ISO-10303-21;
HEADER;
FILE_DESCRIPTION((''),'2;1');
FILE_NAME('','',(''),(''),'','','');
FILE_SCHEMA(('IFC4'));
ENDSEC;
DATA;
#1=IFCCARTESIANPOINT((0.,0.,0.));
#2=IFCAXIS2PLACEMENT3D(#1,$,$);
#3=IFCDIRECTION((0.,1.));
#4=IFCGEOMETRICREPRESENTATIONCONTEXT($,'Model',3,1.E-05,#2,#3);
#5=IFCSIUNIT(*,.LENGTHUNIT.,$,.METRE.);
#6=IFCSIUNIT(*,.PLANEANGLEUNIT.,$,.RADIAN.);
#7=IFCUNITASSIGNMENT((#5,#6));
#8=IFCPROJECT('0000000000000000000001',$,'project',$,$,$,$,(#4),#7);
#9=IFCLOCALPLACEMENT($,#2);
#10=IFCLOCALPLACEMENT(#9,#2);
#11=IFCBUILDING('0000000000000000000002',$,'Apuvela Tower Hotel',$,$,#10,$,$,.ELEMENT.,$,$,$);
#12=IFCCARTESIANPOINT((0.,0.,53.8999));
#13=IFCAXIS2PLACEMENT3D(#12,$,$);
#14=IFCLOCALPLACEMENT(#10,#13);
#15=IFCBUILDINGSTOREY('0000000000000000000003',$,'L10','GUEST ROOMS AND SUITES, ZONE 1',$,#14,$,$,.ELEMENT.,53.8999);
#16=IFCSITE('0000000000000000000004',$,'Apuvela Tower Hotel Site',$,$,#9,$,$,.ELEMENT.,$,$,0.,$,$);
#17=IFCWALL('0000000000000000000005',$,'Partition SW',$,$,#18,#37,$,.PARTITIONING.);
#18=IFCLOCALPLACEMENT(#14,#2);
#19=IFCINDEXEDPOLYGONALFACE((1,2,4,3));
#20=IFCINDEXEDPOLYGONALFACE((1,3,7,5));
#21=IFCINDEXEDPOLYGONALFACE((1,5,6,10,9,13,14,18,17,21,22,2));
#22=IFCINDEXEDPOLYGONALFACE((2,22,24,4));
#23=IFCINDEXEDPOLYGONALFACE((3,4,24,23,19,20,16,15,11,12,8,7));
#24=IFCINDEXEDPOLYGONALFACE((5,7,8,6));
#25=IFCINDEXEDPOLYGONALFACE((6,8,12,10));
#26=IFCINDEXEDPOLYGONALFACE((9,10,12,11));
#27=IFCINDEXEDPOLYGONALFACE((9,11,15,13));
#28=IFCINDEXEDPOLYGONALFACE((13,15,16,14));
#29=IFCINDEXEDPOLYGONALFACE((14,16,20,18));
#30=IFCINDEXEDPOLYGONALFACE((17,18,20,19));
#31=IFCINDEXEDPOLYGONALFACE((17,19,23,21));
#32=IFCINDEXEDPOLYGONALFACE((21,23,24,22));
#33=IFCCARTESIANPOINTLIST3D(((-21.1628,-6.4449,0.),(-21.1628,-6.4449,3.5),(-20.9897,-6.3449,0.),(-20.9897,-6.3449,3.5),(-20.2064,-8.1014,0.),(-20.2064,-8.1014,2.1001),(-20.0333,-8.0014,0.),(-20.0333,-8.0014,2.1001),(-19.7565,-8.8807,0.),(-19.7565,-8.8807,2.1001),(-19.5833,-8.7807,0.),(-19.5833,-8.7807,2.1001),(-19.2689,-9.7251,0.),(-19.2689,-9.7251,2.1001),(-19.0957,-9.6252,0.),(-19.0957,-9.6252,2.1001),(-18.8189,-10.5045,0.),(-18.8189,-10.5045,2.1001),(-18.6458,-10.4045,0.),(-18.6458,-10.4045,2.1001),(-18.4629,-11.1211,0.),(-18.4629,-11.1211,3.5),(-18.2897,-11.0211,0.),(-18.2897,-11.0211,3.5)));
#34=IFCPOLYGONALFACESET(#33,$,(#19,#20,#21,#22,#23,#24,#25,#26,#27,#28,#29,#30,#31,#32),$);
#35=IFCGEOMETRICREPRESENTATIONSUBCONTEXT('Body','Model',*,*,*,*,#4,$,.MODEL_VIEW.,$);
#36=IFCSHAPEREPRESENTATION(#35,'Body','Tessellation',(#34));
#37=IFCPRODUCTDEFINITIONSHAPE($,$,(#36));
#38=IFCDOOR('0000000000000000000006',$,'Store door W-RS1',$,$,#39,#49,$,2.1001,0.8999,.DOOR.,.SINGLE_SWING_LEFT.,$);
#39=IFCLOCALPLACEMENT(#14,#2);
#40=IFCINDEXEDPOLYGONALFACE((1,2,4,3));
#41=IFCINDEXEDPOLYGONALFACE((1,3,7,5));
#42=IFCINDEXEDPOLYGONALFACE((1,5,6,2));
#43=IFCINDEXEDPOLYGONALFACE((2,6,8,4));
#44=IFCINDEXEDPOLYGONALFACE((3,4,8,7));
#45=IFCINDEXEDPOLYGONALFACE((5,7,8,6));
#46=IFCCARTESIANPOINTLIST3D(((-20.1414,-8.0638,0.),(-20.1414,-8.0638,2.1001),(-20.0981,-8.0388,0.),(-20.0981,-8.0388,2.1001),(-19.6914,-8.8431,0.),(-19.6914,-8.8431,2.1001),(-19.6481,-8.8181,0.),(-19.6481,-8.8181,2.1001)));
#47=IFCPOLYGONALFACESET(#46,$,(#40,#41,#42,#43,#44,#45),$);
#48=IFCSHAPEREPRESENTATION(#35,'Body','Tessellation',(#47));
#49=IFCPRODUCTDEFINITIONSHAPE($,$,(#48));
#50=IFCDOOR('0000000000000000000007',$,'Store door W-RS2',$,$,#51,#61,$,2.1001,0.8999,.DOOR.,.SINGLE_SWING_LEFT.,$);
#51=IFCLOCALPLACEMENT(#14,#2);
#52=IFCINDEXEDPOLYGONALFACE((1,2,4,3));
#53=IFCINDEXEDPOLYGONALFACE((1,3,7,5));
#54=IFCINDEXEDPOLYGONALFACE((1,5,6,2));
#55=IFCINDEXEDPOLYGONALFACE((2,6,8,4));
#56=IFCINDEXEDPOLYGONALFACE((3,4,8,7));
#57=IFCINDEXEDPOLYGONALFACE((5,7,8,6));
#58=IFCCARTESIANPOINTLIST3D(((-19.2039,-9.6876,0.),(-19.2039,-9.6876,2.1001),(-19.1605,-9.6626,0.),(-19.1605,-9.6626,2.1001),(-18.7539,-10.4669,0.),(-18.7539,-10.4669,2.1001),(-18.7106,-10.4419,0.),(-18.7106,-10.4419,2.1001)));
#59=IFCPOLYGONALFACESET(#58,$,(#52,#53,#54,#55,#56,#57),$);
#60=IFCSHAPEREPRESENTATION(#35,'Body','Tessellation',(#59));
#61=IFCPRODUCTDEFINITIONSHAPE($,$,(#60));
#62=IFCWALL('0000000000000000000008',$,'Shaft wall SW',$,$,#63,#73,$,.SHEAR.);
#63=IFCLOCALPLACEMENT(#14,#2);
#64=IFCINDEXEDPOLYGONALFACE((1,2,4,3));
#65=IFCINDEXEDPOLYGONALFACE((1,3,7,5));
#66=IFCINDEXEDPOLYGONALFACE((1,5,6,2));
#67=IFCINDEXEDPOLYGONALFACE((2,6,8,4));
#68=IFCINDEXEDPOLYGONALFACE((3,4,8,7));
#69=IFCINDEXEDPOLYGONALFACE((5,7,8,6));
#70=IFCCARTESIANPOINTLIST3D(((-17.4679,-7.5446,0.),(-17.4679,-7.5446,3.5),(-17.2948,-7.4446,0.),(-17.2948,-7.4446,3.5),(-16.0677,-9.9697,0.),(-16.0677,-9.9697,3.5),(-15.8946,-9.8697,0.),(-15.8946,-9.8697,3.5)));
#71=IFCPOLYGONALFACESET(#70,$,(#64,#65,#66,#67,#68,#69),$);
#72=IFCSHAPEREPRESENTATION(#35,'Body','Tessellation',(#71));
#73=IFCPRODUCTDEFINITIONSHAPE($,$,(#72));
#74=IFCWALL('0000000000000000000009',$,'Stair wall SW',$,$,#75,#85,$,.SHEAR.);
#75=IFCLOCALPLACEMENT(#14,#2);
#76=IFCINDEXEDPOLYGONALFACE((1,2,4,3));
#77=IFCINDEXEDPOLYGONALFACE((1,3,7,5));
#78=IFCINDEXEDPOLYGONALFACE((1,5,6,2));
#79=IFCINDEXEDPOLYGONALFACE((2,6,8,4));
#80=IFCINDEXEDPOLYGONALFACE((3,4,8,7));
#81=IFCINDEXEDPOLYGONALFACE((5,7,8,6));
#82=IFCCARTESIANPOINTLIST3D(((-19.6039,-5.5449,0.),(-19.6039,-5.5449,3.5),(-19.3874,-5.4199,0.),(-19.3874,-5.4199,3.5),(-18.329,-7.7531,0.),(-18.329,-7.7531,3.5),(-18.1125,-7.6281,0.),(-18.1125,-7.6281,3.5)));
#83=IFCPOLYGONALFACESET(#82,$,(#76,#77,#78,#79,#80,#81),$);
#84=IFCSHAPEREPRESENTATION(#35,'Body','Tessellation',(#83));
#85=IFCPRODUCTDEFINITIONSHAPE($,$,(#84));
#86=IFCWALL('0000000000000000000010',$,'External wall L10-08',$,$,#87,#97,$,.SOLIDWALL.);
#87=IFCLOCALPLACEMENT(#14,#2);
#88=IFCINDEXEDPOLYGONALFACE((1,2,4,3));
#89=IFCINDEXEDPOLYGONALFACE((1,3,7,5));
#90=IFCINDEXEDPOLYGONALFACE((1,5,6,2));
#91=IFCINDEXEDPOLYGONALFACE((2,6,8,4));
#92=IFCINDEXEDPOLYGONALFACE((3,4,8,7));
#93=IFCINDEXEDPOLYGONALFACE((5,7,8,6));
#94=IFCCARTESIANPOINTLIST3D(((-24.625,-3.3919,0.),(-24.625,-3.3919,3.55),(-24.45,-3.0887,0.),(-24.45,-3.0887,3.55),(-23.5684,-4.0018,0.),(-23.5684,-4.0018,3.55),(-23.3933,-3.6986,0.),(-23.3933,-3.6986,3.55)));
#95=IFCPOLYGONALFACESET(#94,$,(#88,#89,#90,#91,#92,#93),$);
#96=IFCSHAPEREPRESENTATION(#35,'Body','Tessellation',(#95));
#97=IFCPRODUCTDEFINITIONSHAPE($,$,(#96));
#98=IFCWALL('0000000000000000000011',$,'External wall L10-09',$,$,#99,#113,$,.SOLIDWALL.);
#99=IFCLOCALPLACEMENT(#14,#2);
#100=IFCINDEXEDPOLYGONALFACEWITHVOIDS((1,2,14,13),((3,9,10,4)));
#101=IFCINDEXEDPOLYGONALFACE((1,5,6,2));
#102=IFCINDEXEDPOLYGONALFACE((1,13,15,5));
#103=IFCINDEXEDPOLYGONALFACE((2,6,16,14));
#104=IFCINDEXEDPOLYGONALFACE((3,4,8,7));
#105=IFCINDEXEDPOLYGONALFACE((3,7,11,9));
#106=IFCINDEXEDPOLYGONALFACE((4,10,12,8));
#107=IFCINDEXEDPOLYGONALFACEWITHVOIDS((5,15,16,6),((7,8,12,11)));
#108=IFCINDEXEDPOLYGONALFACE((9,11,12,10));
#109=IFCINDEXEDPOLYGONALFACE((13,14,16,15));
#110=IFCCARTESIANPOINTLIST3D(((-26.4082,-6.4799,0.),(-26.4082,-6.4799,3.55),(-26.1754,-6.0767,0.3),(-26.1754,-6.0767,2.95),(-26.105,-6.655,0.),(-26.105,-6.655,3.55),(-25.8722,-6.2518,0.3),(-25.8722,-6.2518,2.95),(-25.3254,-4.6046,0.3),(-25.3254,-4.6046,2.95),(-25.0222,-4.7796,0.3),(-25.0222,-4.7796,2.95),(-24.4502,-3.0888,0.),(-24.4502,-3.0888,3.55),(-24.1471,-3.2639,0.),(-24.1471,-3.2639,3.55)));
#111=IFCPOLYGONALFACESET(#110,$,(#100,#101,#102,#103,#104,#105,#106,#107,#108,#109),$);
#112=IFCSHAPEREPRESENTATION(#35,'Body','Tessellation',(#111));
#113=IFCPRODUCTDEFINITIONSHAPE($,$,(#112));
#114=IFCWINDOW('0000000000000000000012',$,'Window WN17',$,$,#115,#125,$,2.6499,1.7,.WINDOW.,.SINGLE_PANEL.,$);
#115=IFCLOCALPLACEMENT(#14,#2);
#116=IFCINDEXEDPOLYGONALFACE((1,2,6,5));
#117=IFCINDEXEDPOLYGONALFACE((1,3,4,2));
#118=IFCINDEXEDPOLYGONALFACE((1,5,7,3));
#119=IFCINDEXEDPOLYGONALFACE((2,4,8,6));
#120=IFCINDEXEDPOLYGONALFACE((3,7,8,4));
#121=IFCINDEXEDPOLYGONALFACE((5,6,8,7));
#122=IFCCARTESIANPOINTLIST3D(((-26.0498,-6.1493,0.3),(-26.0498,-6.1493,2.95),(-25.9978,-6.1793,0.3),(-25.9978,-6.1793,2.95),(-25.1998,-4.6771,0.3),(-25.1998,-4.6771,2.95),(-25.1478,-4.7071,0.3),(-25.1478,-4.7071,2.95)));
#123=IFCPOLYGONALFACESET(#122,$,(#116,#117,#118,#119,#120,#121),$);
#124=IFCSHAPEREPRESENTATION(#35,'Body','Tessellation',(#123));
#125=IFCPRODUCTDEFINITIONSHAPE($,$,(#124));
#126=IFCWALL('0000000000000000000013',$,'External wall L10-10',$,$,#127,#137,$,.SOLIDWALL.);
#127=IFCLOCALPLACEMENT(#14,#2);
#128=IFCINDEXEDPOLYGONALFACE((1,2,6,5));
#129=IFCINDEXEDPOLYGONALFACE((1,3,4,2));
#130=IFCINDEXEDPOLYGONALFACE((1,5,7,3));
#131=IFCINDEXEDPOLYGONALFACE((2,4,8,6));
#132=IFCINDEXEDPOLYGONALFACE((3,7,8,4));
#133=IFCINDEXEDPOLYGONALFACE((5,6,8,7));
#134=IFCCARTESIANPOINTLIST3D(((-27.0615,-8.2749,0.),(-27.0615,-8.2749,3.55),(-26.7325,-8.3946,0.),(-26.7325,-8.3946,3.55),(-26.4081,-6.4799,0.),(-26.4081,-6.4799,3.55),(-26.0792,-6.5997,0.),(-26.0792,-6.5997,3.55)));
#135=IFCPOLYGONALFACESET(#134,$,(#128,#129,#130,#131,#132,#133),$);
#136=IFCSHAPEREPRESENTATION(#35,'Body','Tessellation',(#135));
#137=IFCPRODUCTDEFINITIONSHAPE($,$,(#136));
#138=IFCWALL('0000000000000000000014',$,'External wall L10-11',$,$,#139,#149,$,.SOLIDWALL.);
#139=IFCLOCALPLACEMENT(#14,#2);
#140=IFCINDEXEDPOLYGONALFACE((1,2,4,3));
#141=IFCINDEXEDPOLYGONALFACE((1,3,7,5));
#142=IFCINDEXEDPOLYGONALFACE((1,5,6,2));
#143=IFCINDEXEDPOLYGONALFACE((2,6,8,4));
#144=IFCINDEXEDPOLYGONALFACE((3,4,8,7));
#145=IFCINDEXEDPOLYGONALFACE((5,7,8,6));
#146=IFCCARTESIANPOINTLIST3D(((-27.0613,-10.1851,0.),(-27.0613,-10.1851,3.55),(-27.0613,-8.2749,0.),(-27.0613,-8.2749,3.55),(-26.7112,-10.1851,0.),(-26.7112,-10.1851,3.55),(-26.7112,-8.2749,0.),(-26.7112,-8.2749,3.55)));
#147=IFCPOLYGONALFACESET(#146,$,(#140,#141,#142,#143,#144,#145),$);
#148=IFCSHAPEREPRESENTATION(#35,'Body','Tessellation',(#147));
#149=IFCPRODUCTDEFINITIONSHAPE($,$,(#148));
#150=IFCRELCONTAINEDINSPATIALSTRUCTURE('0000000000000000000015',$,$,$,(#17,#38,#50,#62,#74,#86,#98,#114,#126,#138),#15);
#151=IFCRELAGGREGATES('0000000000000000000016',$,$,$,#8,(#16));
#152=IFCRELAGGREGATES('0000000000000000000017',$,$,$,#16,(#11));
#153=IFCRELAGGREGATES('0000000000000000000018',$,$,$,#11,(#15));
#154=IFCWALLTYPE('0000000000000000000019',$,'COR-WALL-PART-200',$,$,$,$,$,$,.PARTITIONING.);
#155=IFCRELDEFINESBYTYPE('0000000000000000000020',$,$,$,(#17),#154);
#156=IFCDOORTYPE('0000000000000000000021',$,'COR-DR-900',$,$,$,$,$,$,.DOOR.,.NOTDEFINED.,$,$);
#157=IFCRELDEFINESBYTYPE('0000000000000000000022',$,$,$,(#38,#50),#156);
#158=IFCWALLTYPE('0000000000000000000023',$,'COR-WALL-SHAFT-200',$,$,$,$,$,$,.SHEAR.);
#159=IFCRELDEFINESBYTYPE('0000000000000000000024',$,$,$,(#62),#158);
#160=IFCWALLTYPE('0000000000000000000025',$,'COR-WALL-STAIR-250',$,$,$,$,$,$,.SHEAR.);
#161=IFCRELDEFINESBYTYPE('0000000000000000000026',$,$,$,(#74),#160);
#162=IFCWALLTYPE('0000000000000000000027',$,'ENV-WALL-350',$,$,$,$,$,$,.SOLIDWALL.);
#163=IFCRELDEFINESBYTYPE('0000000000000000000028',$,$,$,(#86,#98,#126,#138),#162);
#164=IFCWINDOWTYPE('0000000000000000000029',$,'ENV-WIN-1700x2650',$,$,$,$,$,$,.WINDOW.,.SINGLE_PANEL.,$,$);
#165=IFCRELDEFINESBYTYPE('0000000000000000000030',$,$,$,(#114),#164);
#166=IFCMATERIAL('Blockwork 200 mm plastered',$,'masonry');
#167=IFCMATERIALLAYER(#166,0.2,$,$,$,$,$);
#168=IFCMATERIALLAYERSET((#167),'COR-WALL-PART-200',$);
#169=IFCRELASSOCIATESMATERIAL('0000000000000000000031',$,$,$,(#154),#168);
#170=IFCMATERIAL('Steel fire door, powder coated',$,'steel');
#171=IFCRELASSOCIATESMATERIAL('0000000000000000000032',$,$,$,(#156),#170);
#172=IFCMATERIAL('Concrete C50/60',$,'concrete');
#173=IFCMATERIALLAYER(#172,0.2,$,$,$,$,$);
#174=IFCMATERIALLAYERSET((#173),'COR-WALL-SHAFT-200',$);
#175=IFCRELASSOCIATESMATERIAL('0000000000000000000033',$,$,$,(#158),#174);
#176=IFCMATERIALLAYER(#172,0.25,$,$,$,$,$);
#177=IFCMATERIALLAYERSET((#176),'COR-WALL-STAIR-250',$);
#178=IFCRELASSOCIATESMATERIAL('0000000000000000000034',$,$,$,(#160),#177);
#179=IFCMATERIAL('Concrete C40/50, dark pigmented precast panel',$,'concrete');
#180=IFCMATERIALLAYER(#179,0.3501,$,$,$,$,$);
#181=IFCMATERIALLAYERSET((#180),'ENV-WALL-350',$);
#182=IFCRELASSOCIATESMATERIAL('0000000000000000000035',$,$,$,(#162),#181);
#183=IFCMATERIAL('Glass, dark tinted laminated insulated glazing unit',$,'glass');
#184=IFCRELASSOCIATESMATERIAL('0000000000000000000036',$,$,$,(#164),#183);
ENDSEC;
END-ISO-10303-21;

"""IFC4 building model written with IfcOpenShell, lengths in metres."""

from ifc_helpers import new_model, si_unit, direction, frame, frame_2d, origin, place, context, subcontext, project, spatial, rectangle, extrude, material, layer, layer_set, type_object, element, fill, save


model = new_model("IFC4")

# Units and contexts
model_context = context("Model", 3, precision=1e-05, world=origin(), true_north=direction((0.0, 1.0)))
body_context = subcontext(model_context, "Body", "Model", "MODEL_VIEW")
ifc_project = project(units=[si_unit("LENGTHUNIT", "METRE"), si_unit("PLANEANGLEUNIT", "RADIAN")], contexts=[model_context])

# Site, building, storey
site_placement = place(None, origin())
site = spatial("IfcSite", under=ifc_project, at=site_placement, Name="Apuvela Tower Hotel Site", CompositionType="ELEMENT", RefElevation=0.0)
building_placement = place(site_placement, origin())
building = spatial("IfcBuilding", under=site, at=building_placement, Name="Apuvela Tower Hotel", CompositionType="ELEMENT")
storey_placement = place(building_placement, frame((0.0, 0.0, 53.8999)))
storey = spatial("IfcBuildingStorey", under=building, at=storey_placement, Name="L10", Description="GUEST ROOMS AND SUITES, ZONE 1", CompositionType="ELEMENT", Elevation=53.8999)

# Wall, openings, doors
ifc_material_1 = material(Name="Blockwork 200 mm plastered", Category="masonry")
ifc_layer_1 = layer(ifc_material_1, 0.2)
ifc_layer_set_1 = layer_set([ifc_layer_1], Name="COR-WALL-PART-200")
wall_type_1 = type_object("IfcWallType", Name="COR-WALL-PART-200", PredefinedType="PARTITIONING", material=ifc_layer_set_1)
wall_1_placement = place(storey_placement, frame((-21.0762, -6.395, 0.0), z_axis=(0.0, 0.0, 1.0), x_axis=(0.500015, -0.866017, 0.0)))
wall_1 = element("IfcWall", 1, at=wall_1_placement, inside=storey, type_object=wall_type_1, Name="Partition SW", PredefinedType="PARTITIONING", context=body_context, shape_type="SweptSolid", body=[
    extrude(rectangle(XDim=5.3997, YDim=0.2, at=frame_2d((2.6997, 0.0))), origin(), (0.0, 0.0, 1.0), 3.5),
])
opening_1_placement = place(wall_1_placement, frame((1.9126, 0.0, 0.0)))
opening_1 = element("IfcOpeningElement", 2, at=opening_1_placement, cuts=wall_1, PredefinedType="OPENING", context=body_context, shape_type="SweptSolid", body=[
    extrude(rectangle(XDim=0.8999, YDim=2.1001, at=frame_2d((0.45, 1.05))), frame((0.0, 0.1099, 0.0), z_axis=(0.0, -1.0, 0.0), x_axis=(1.0, 0.0, 0.0)), (0.0, 0.0, 1.0), 0.22),
])
opening_2_placement = place(wall_1_placement, frame((3.7876, 0.0, 0.0)))
opening_2 = element("IfcOpeningElement", 3, at=opening_2_placement, cuts=wall_1, PredefinedType="OPENING", context=body_context, shape_type="SweptSolid", body=[
    extrude(rectangle(XDim=0.8999, YDim=2.1001, at=frame_2d((0.45, 1.05))), frame((0.0, 0.1099, 0.0), z_axis=(0.0, -1.0, 0.0), x_axis=(1.0, 0.0, 0.0)), (0.0, 0.0, 1.0), 0.22),
])
ifc_material_2 = material(Name="Steel fire door, powder coated", Category="steel")
door_type_1 = type_object("IfcDoorType", Name="COR-DR-900", OperationType="NOTDEFINED", PredefinedType="DOOR", material=ifc_material_2)
door_1_placement = place(opening_1_placement, frame((0.8999, 0.0, 0.0), z_axis=(0.0, 0.0, 1.0), x_axis=(-1.0, 0.0, 0.0)))
door_1 = element("IfcDoor", 4, at=door_1_placement, inside=storey, type_object=door_type_1, Name="Store door W-RS1", OperationType="SINGLE_SWING_LEFT", OverallHeight=2.1001, OverallWidth=0.8999, PredefinedType="DOOR", context=body_context, shape_type="SweptSolid", body=[
    extrude(rectangle(XDim=0.8999, YDim=2.1001, at=frame_2d((0.45, 1.05))), frame((0.0, 0.0249, 0.0), z_axis=(0.0, -1.0, 0.0), x_axis=(1.0, 0.0, 0.0)), (0.0, 0.0, 1.0), 0.05),
])
fill(opening_1, door_1)
door_2_placement = place(opening_2_placement, frame((0.8999, 0.0, 0.0), z_axis=(0.0, 0.0, 1.0), x_axis=(-1.0, 0.0, 0.0)))
door_2 = element("IfcDoor", 5, at=door_2_placement, inside=storey, type_object=door_type_1, Name="Store door W-RS2", OperationType="SINGLE_SWING_LEFT", OverallHeight=2.1001, OverallWidth=0.8999, PredefinedType="DOOR", context=body_context, shape_type="SweptSolid", body=[
    extrude(rectangle(XDim=0.8999, YDim=2.1001, at=frame_2d((0.45, 1.05))), frame((0.0, 0.0249, 0.0), z_axis=(0.0, -1.0, 0.0), x_axis=(1.0, 0.0, 0.0)), (0.0, 0.0, 1.0), 0.05),
])
fill(opening_2, door_2)

# Walls
ifc_material_3 = material(Name="Concrete C50/60", Category="concrete")
ifc_layer_2 = layer(ifc_material_3, 0.2)
ifc_layer_set_2 = layer_set([ifc_layer_2], Name="COR-WALL-SHAFT-200")
wall_type_2 = type_object("IfcWallType", Name="COR-WALL-SHAFT-200", PredefinedType="SHEAR", material=ifc_layer_set_2)
wall_2_placement = place(storey_placement, frame((-17.3813, -7.4946, 0.0), z_axis=(0.0, 0.0, 1.0), x_axis=(0.500012, -0.866019, 0.0)))
element("IfcWall", 6, at=wall_2_placement, inside=storey, type_object=wall_type_2, Name="Shaft wall SW", PredefinedType="SHEAR", context=body_context, shape_type="SweptSolid", body=[
    extrude(rectangle(XDim=2.8003, YDim=0.2, at=frame_2d((1.4001, 0.0))), origin(), (0.0, 0.0, 1.0), 3.5),
])
ifc_layer_3 = layer(ifc_material_3, 0.25)
ifc_layer_set_3 = layer_set([ifc_layer_3], Name="COR-WALL-STAIR-250")
wall_type_3 = type_object("IfcWallType", Name="COR-WALL-STAIR-250", PredefinedType="SHEAR", material=ifc_layer_set_3)
wall_3_placement = place(storey_placement, frame((-19.4956, -5.4824, 0.0), z_axis=(0.0, 0.0, 1.0), x_axis=(0.49999, -0.866031, 0.0)))
element("IfcWall", 7, at=wall_3_placement, inside=storey, type_object=wall_type_3, Name="Stair wall SW", PredefinedType="SHEAR", context=body_context, shape_type="SweptSolid", body=[
    extrude(rectangle(XDim=2.5498, YDim=0.25, at=frame_2d((1.2749, 0.0))), origin(), (0.0, 0.0, 1.0), 3.5),
])
ifc_material_4 = material(Name="Concrete C40/50, dark pigmented precast panel", Category="concrete")
ifc_layer_4 = layer(ifc_material_4, 0.3501)
ifc_layer_set_4 = layer_set([ifc_layer_4], Name="ENV-WALL-350")
wall_type_4 = type_object("IfcWallType", Name="ENV-WALL-350", PredefinedType="SOLIDWALL", material=ifc_layer_set_4)
wall_4_placement = place(storey_placement, frame((-23.481, -3.8501, 0.0), z_axis=(0.0, 0.0, 1.0), x_axis=(-0.866092, 0.499884, 0.0)))
element("IfcWall", 8, at=wall_4_placement, inside=storey, type_object=wall_type_4, Name="External wall L10-08", PredefinedType="SOLIDWALL", context=body_context, shape_type="SweptSolid", body=[
    extrude(rectangle(XDim=1.22, YDim=0.3501, at=frame_2d((0.6099, 0.0))), origin(), (0.0, 0.0, 1.0), 3.55),
])

# Wall, opening, window
wall_5_placement = place(storey_placement, frame((-24.2986, -3.1763, 0.0), z_axis=(0.0, 0.0, 1.0), x_axis=(-0.500028, -0.866009, 0.0)))
wall_5 = element("IfcWall", 9, at=wall_5_placement, inside=storey, type_object=wall_type_4, Name="External wall L10-09", PredefinedType="SOLIDWALL", context=body_context, shape_type="SweptSolid", body=[
    extrude(rectangle(XDim=3.9158, YDim=0.3501, at=frame_2d((1.958, 0.0))), origin(), (0.0, 0.0, 1.0), 3.55),
])
opening_3_placement = place(wall_5_placement, frame((1.7502, 0.0, 0.3)))
opening_3 = element("IfcOpeningElement", 10, at=opening_3_placement, cuts=wall_5, PredefinedType="OPENING", context=body_context, shape_type="SweptSolid", body=[
    extrude(rectangle(XDim=1.7, YDim=2.6499, at=frame_2d((0.8501, 1.325))), frame((0.0, 0.1851, 0.0), z_axis=(0.0, -1.0, 0.0), x_axis=(1.0, 0.0, 0.0)), (0.0, 0.0, 1.0), 0.3701),
])
ifc_material_5 = material(Name="Glass, dark tinted laminated insulated glazing unit", Category="glass")
window_type = type_object("IfcWindowType", Name="ENV-WIN-1700x2650", PartitioningType="SINGLE_PANEL", PredefinedType="WINDOW", material=ifc_material_5)
window_placement = place(opening_3_placement, origin())
window = element("IfcWindow", 11, at=window_placement, inside=storey, type_object=window_type, Name="Window WN17", OverallHeight=2.6499, OverallWidth=1.7, PartitioningType="SINGLE_PANEL", PredefinedType="WINDOW", context=body_context, shape_type="SweptSolid", body=[
    extrude(rectangle(XDim=1.7, YDim=2.6499, at=frame_2d((0.8501, 1.325))), frame((0.0, 0.03, 0.0), z_axis=(0.0, -1.0, 0.0), x_axis=(1.0, 0.0, 0.0)), (0.0, 0.0, 1.0), 0.0601),
])
fill(opening_3, window)

# Walls
for number, where, z_axis, x_axis, name in (
    (12, (-26.2437, -6.5398, 0.0), (0.0, 0.0, 1.0), (-0.34203, -0.939689, 0.0), "External wall L10-10"),
    (13, (-26.8862, -8.2749, 0.0), (0.0, 0.0, 1.0), (0.0, -1.0, 0.0), "External wall L10-11"),
):
    element("IfcWall", number, at=place(storey_placement, frame(where, z_axis=z_axis, x_axis=x_axis)), inside=storey, type_object=wall_type_4, Name=name, PredefinedType="SOLIDWALL", context=body_context, shape_type="SweptSolid", body=[
        extrude(rectangle(XDim=1.9102, YDim=0.3501, at=frame_2d((0.9551, 0.0))), origin(), (0.0, 0.0, 1.0), 3.55),
    ])

save(model, "model.ifc")
